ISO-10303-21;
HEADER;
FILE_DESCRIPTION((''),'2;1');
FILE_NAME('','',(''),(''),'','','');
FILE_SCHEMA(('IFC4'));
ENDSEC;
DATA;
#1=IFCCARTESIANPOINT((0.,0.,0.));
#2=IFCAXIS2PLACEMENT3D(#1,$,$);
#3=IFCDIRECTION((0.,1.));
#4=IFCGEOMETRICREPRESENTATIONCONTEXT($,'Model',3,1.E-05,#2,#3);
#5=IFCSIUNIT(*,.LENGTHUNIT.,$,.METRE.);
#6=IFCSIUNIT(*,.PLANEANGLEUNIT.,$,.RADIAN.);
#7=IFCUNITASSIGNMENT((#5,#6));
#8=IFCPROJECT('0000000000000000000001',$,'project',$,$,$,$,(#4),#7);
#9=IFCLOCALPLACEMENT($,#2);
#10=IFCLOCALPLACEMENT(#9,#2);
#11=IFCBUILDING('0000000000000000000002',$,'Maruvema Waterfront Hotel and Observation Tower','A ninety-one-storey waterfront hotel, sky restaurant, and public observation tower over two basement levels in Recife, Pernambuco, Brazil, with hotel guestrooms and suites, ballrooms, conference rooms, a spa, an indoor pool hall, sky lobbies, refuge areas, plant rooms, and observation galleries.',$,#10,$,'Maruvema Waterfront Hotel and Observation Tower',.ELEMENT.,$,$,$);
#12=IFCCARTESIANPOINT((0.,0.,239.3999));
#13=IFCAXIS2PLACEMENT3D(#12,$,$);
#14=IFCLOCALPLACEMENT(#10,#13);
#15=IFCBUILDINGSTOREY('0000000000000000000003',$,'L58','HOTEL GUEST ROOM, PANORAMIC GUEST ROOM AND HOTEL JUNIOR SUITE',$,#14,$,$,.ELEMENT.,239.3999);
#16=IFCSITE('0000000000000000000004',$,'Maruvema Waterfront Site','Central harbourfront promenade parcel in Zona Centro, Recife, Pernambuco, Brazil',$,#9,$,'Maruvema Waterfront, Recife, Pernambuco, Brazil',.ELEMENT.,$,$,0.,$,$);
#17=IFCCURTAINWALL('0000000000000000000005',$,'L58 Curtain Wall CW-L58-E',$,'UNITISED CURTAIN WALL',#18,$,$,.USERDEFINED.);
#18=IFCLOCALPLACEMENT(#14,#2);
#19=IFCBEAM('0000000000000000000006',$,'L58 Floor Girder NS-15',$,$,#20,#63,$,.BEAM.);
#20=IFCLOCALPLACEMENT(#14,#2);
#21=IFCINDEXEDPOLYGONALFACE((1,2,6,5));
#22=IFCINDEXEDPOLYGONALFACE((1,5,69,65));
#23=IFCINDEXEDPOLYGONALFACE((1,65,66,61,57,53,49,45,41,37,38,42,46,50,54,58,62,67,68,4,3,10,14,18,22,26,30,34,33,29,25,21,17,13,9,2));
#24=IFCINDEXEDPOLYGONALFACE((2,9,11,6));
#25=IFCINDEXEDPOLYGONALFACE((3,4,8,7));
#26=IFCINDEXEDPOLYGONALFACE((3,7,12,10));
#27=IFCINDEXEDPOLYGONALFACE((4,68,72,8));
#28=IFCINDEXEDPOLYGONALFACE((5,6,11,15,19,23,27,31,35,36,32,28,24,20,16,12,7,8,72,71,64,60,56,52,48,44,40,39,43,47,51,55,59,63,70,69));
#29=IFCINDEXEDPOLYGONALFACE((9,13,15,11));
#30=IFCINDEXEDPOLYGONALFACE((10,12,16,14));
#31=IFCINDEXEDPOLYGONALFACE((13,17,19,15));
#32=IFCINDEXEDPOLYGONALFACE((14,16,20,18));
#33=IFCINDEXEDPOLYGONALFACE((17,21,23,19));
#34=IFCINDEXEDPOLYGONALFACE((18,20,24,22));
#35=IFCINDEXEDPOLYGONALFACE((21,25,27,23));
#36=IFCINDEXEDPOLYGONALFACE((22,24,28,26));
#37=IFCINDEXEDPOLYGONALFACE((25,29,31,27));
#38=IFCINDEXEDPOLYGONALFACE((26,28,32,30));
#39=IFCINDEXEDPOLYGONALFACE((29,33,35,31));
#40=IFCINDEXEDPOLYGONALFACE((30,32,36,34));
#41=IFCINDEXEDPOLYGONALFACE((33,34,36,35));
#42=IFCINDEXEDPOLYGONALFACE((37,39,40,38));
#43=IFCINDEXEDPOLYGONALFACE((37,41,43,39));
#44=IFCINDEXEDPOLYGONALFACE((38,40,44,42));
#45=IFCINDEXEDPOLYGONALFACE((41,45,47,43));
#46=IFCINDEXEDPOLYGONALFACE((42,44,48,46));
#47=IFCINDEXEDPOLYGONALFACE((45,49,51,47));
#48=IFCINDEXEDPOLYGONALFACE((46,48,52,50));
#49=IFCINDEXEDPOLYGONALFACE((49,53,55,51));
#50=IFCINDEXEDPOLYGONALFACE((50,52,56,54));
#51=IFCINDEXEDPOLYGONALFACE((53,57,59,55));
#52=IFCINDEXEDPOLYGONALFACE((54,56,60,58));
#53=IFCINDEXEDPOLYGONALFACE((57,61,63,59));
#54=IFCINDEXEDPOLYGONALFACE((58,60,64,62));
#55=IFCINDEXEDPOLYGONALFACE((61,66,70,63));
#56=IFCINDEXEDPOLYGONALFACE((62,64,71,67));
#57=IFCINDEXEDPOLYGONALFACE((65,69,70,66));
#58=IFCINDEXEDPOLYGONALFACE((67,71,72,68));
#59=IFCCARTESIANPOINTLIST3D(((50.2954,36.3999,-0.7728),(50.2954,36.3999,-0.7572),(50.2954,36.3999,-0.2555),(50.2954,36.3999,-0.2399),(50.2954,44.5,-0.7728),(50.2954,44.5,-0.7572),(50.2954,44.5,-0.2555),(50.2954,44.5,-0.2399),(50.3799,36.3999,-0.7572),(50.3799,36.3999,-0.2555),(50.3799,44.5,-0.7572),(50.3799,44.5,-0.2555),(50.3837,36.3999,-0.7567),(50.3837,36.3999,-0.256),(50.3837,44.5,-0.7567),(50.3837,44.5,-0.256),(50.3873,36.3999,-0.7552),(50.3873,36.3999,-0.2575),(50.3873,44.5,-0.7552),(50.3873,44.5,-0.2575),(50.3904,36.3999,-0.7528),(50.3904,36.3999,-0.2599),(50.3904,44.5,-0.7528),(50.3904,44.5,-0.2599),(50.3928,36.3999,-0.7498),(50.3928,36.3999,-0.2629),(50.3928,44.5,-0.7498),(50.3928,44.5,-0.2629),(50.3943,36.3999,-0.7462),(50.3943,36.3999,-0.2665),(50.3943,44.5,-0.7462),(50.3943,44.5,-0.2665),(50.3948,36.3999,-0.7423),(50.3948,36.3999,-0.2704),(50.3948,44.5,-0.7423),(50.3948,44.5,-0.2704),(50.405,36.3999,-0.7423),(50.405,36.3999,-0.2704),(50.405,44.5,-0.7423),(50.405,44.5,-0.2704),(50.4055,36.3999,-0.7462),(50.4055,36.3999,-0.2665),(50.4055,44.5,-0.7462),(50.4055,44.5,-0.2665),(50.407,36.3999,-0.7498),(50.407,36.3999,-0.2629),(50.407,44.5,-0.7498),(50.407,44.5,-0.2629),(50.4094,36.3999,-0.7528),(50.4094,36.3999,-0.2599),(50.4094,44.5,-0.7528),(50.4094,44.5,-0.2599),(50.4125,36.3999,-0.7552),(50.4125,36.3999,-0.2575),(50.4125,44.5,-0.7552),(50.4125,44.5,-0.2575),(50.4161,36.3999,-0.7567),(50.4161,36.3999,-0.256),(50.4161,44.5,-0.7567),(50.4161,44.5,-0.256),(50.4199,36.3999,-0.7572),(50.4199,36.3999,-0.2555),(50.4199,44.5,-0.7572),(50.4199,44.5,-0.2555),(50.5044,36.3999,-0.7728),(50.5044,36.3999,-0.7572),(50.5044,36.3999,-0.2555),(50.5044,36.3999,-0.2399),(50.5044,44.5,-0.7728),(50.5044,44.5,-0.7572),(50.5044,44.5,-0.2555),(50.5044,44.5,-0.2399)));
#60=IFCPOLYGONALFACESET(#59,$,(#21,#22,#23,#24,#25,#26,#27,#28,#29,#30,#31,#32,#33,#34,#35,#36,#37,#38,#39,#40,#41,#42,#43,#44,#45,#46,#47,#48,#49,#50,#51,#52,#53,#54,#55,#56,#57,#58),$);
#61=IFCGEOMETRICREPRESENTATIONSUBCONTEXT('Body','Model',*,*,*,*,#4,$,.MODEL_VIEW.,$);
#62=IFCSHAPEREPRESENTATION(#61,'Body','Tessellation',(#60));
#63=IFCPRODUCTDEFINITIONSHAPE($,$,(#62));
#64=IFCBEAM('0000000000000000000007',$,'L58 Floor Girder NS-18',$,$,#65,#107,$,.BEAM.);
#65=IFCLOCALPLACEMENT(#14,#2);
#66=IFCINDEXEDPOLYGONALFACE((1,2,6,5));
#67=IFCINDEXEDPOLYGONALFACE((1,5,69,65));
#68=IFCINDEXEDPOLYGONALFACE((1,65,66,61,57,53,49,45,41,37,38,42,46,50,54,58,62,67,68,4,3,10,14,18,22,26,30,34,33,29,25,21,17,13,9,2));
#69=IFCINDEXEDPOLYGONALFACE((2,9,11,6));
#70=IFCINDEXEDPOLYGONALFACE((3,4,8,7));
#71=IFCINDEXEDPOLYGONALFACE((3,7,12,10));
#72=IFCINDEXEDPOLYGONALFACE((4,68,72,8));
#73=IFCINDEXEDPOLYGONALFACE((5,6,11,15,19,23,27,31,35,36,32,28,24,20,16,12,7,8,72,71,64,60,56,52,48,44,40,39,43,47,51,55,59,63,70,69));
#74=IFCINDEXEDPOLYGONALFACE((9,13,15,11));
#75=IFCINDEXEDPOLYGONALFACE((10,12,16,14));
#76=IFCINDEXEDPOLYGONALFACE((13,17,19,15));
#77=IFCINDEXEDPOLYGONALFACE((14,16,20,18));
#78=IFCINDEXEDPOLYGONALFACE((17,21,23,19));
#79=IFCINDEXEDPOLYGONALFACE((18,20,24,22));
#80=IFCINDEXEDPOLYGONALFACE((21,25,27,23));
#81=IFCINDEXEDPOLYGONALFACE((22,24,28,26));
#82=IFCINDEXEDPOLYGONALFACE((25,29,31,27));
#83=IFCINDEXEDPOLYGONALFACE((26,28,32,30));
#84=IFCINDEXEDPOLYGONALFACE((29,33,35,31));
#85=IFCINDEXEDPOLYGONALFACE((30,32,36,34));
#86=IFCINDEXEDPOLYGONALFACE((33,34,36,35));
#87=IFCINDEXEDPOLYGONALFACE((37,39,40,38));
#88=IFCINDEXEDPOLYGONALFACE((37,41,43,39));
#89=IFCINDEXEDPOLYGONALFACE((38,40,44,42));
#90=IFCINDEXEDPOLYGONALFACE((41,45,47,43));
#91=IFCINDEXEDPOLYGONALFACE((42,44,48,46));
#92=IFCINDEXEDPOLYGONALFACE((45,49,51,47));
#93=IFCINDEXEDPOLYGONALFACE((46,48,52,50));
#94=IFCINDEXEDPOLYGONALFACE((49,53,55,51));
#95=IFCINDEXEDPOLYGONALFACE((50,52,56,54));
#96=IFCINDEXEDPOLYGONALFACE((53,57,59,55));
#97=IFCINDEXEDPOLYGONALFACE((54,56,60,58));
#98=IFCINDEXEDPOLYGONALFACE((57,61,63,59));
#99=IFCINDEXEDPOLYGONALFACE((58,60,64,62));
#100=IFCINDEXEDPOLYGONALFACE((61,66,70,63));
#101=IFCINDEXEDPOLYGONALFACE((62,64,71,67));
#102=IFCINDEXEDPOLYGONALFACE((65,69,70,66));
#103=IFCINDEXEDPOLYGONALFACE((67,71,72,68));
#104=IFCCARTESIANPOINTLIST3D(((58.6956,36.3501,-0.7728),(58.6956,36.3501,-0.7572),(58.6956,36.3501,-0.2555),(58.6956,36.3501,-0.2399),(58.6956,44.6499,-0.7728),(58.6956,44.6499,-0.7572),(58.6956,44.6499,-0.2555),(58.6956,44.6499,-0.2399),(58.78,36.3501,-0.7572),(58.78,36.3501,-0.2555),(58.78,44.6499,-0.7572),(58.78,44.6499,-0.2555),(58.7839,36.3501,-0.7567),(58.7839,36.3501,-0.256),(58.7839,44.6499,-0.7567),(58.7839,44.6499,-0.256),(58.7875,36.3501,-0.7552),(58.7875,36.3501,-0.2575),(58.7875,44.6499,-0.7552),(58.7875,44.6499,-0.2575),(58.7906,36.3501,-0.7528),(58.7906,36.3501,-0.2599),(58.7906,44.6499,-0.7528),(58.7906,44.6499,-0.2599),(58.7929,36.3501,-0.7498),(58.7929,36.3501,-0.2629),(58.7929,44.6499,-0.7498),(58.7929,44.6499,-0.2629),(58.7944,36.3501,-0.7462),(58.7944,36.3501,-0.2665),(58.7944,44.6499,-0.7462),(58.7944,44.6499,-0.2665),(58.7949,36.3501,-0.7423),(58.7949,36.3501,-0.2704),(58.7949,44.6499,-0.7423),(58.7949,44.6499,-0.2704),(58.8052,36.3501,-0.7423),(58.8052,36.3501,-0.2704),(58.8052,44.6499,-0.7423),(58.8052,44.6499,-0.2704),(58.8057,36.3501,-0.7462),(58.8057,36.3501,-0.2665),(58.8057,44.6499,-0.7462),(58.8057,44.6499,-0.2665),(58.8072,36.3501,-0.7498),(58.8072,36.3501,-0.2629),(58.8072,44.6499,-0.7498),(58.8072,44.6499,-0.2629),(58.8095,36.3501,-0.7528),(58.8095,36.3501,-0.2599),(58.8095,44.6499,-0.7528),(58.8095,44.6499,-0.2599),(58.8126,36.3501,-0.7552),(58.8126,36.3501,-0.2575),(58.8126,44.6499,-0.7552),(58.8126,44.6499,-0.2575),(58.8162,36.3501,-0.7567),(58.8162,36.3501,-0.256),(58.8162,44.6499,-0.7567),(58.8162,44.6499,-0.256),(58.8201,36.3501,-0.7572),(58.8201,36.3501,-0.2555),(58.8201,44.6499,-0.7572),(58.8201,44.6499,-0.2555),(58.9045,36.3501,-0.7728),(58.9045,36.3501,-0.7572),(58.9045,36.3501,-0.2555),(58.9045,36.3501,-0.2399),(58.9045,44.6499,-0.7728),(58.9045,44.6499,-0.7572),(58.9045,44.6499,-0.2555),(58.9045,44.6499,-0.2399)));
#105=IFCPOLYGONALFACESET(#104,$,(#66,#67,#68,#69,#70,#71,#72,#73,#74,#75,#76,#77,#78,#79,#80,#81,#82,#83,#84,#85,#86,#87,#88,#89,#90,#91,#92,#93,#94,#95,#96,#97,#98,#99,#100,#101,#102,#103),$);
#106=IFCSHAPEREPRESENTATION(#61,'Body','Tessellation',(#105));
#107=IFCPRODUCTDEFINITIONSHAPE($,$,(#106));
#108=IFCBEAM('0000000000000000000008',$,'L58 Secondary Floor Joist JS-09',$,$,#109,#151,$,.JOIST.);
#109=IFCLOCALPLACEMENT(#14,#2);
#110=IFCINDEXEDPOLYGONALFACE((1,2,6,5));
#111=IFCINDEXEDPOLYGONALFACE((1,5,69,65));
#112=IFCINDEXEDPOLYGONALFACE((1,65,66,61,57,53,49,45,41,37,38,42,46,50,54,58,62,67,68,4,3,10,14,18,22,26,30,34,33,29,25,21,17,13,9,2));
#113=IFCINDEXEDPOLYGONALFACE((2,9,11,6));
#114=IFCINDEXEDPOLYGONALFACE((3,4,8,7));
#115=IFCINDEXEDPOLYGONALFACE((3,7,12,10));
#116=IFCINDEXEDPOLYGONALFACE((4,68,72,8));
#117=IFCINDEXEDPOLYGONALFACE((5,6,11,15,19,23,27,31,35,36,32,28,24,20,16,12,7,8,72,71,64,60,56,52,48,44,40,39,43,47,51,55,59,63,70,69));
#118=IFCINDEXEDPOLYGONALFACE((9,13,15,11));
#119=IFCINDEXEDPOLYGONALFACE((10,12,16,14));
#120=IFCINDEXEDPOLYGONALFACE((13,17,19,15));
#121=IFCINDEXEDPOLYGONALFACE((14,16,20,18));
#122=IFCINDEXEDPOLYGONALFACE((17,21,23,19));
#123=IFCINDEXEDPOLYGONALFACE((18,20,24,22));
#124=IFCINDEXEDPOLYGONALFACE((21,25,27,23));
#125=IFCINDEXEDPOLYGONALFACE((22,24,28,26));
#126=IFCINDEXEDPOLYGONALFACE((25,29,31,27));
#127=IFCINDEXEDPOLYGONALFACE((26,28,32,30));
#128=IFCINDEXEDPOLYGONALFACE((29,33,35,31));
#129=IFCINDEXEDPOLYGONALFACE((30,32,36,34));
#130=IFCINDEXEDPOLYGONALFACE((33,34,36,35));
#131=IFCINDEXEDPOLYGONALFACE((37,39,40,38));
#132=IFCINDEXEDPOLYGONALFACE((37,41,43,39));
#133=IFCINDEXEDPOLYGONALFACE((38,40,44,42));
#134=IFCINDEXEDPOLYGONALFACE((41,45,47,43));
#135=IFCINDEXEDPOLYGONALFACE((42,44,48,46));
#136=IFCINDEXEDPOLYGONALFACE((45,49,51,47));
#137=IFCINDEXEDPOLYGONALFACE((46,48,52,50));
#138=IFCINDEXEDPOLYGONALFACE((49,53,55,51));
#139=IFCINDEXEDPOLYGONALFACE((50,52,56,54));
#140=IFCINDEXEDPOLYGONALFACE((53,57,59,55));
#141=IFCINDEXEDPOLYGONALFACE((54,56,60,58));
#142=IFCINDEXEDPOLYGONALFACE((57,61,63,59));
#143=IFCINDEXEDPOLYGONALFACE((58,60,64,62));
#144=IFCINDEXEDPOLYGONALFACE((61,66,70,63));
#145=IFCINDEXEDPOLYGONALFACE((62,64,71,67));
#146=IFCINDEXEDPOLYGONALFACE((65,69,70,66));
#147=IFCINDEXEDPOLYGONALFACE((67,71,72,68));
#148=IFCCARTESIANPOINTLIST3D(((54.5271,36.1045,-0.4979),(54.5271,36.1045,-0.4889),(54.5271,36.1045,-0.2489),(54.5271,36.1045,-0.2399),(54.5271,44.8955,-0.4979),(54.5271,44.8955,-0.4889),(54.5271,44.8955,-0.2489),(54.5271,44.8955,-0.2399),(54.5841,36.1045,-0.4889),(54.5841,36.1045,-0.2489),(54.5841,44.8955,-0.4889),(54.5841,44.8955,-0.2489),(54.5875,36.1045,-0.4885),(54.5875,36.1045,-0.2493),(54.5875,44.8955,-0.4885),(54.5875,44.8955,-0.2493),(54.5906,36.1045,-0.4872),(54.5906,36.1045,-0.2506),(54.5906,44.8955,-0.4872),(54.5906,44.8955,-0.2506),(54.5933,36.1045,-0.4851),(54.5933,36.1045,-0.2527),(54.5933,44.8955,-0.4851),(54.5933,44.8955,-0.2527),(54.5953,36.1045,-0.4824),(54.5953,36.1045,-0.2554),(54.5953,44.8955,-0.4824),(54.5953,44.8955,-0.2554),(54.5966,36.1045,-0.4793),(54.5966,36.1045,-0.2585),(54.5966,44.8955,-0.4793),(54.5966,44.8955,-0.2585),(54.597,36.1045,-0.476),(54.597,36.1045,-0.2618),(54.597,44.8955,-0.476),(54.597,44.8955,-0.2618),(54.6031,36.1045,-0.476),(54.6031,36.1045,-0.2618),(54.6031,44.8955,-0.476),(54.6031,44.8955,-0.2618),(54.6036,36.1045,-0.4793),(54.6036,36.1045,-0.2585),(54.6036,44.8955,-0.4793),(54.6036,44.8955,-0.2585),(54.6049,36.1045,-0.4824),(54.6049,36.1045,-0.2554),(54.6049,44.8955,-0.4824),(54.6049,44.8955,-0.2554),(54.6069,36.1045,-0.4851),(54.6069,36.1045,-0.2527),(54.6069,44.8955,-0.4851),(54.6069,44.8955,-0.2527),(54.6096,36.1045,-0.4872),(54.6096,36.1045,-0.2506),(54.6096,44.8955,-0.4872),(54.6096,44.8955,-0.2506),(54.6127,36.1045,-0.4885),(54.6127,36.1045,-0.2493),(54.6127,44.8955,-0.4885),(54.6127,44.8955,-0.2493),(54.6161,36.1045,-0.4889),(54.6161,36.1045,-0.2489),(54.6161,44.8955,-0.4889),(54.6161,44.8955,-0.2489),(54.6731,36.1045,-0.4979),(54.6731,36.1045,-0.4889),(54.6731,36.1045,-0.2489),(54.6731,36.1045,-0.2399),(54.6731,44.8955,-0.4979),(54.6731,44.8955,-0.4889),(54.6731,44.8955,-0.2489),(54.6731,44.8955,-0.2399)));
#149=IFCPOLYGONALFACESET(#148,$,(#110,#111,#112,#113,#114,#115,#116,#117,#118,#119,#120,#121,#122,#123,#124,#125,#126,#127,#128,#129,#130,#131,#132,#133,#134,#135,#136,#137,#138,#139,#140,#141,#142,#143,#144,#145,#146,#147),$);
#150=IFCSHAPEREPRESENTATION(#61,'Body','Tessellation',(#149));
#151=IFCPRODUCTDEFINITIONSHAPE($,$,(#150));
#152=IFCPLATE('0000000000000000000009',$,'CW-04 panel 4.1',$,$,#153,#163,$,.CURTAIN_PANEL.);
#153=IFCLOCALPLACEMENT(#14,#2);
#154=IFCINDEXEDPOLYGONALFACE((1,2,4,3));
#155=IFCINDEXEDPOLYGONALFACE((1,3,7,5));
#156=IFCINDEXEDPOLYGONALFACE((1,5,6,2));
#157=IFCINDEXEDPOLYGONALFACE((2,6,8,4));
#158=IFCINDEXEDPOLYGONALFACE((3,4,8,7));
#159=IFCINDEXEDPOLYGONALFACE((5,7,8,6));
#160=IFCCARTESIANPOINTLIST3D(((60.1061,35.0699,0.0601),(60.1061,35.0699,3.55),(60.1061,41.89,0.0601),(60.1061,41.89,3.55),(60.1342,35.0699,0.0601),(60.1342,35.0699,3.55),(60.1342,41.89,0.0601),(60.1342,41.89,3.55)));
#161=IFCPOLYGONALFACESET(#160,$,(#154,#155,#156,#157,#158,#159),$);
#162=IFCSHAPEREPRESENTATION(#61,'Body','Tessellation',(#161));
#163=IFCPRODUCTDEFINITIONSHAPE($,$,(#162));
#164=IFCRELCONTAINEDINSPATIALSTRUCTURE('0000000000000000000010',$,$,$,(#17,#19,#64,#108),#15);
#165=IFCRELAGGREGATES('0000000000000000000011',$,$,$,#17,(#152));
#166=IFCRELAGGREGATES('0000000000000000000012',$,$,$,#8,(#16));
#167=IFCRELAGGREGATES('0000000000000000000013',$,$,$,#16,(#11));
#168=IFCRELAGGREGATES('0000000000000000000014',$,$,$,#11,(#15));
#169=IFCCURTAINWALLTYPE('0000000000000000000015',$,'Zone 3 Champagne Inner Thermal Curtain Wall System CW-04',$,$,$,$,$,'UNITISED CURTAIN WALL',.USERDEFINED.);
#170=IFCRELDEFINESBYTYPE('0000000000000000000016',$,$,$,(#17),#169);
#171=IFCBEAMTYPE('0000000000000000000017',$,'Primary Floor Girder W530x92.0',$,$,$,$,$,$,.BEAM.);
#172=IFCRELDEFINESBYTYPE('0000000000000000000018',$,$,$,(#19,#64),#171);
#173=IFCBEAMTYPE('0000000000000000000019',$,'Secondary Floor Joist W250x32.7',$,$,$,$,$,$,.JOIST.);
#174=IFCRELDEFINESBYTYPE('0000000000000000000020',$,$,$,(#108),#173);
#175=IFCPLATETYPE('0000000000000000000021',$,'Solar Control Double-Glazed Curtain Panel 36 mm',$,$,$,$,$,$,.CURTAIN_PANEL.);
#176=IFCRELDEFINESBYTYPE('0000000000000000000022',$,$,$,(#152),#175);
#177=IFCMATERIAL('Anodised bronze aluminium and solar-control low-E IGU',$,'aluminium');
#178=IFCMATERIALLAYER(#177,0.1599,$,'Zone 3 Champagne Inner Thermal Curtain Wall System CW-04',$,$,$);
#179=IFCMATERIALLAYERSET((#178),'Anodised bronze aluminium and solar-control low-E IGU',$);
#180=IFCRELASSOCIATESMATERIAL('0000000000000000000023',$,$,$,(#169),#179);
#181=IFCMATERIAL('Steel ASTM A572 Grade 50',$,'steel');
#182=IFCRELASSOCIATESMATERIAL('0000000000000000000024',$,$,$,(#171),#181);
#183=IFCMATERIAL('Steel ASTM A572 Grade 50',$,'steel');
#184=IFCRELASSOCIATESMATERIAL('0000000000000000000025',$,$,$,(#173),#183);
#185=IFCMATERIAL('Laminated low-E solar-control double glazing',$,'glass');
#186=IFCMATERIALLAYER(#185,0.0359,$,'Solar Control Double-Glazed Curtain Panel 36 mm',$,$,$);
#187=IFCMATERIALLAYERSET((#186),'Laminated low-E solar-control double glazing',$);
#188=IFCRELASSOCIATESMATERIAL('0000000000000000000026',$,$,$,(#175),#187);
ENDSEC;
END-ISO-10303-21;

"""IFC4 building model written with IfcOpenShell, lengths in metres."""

from ifc_helpers import new_model, si_unit, direction, frame, origin, origin_2d, place, context, subcontext, project, spatial, rectangle, i_section, extrude, material, layer, layer_set, material_profile, profile_set, type_object, element, aggregate, save


model = new_model("IFC4")

# Units and contexts
model_context = context("Model", 3, precision=1e-05, world=origin(), true_north=direction((0.0, 1.0)))
body_context = subcontext(model_context, "Body", "Model", "MODEL_VIEW")
ifc_project = project(units=[si_unit("LENGTHUNIT", "METRE"), si_unit("PLANEANGLEUNIT", "RADIAN")], contexts=[model_context])

# Site, building, storey
site_placement = place(None, origin())
site = spatial("IfcSite", under=ifc_project, at=site_placement, Name="Maruvema Waterfront Site", Description="Central harbourfront promenade parcel in Zona Centro, Recife, Pernambuco, Brazil", LongName="Maruvema Waterfront, Recife, Pernambuco, Brazil", CompositionType="ELEMENT", RefElevation=0.0)
building_placement = place(site_placement, origin())
building = spatial("IfcBuilding", under=site, at=building_placement, Name="Maruvema Waterfront Hotel and Observation Tower", Description="A ninety-one-storey waterfront hotel, sky restaurant, and public observation tower over two basement levels in Recife, Pernambuco, Brazil, with hotel guestrooms and suites, ballrooms, conference rooms, a spa, an indoor pool hall, sky lobbies, refuge areas, plant rooms, and observation galleries.", LongName="Maruvema Waterfront Hotel and Observation Tower", CompositionType="ELEMENT")
storey_placement = place(building_placement, frame((0.0, 0.0, 239.3999)))
storey = spatial("IfcBuildingStorey", under=building, at=storey_placement, Name="L58", Description="HOTEL GUEST ROOM, PANORAMIC GUEST ROOM AND HOTEL JUNIOR SUITE", CompositionType="ELEMENT", Elevation=239.3999)

# Curtain wall
ifc_material_1 = material(Name="Anodised bronze aluminium and solar-control low-E IGU", Category="aluminium")
ifc_layer_1 = layer(ifc_material_1, 0.1599, Name="Zone 3 Champagne Inner Thermal Curtain Wall System CW-04")
ifc_layer_set_1 = layer_set([ifc_layer_1], Name="Anodised bronze aluminium and solar-control low-E IGU")
curtain_wall_type = type_object("IfcCurtainWallType", Name="Zone 3 Champagne Inner Thermal Curtain Wall System CW-04", ElementType="UNITISED CURTAIN WALL", PredefinedType="USERDEFINED", material=ifc_layer_set_1)
curtain_wall_placement = place(storey_placement, origin())
curtain_wall = element("IfcCurtainWall", 1, at=curtain_wall_placement, inside=storey, type_object=curtain_wall_type, Name="L58 Curtain Wall CW-L58-E", ObjectType="UNITISED CURTAIN WALL", PredefinedType="USERDEFINED")

# Beams
ifc_material_2 = material(Name="Steel ASTM A572 Grade 50", Category="steel")
ifc_material_profile_1 = material_profile(ifc_material_2, i_section(OverallWidth=0.209, OverallDepth=0.533, WebThickness=0.0103, FlangeThickness=0.0156, FilletRadius=0.0149, at=origin_2d()), Name="W530x92.0")
ifc_profile_set_1 = profile_set([ifc_material_profile_1], Name="Steel ASTM A572 Grade 50")
beam_type_1 = type_object("IfcBeamType", Name="Primary Floor Girder W530x92.0", PredefinedType="BEAM", material=ifc_profile_set_1)
beam_1_placement = place(storey_placement, frame((50.3999, 36.3999, -0.5063), z_axis=(0.0, 1.0, 0.0), x_axis=(-1.0, 0.0, 0.0)))
element("IfcBeam", 2, at=beam_1_placement, inside=storey, type_object=beam_type_1, Name="L58 Floor Girder NS-15", PredefinedType="BEAM", context=body_context, shape_type="SweptSolid", body=[
    extrude(i_section(OverallWidth=0.209, OverallDepth=0.533, WebThickness=0.0103, FlangeThickness=0.0156, FilletRadius=0.0149, at=origin_2d()), origin(), (0.0, 0.0, 1.0), 8.1001),
])
beam_2_placement = place(storey_placement, frame((58.8, 36.3501, -0.5063), z_axis=(0.0, 1.0, 0.0), x_axis=(-1.0, 0.0, 0.0)))
element("IfcBeam", 3, at=beam_2_placement, inside=storey, type_object=beam_type_1, Name="L58 Floor Girder NS-18", PredefinedType="BEAM", context=body_context, shape_type="SweptSolid", body=[
    extrude(i_section(OverallWidth=0.209, OverallDepth=0.533, WebThickness=0.0103, FlangeThickness=0.0156, FilletRadius=0.0149, at=origin_2d()), origin(), (0.0, 0.0, 1.0), 8.2998),
])
ifc_material_3 = material(Name="Steel ASTM A572 Grade 50", Category="steel")
ifc_material_profile_2 = material_profile(ifc_material_3, i_section(OverallWidth=0.146, OverallDepth=0.2581, WebThickness=0.0061, FlangeThickness=0.009, FilletRadius=0.0129, at=origin_2d()), Name="W250x32.7")
ifc_profile_set_2 = profile_set([ifc_material_profile_2], Name="Steel ASTM A572 Grade 50")
beam_type_2 = type_object("IfcBeamType", Name="Secondary Floor Joist W250x32.7", PredefinedType="JOIST", material=ifc_profile_set_2)
beam_3_placement = place(storey_placement, frame((54.6001, 36.1045, -0.3689), z_axis=(0.0, 1.0, 0.0), x_axis=(-1.0, 0.0, 0.0)))
element("IfcBeam", 4, at=beam_3_placement, inside=storey, type_object=beam_type_2, Name="L58 Secondary Floor Joist JS-09", PredefinedType="JOIST", context=body_context, shape_type="SweptSolid", body=[
    extrude(i_section(OverallWidth=0.146, OverallDepth=0.2581, WebThickness=0.0061, FlangeThickness=0.009, FilletRadius=0.0129, at=origin_2d()), origin(), (0.0, 0.0, 1.0), 8.791),
])

# Plate
ifc_material_4 = material(Name="Laminated low-E solar-control double glazing", Category="glass")
ifc_layer_2 = layer(ifc_material_4, 0.0359, Name="Solar Control Double-Glazed Curtain Panel 36 mm")
ifc_layer_set_2 = layer_set([ifc_layer_2], Name="Laminated low-E solar-control double glazing")
plate_type = type_object("IfcPlateType", Name="Solar Control Double-Glazed Curtain Panel 36 mm", PredefinedType="CURTAIN_PANEL", material=ifc_layer_set_2)
plate_placement = place(storey_placement, frame((60.1201, 38.48, 0.0601), z_axis=(0.0, 0.0, 1.0), x_axis=(0.0, 1.0, 0.0)))
plate = element("IfcPlate", 5, at=plate_placement, type_object=plate_type, Name="CW-04 panel 4.1", PredefinedType="CURTAIN_PANEL", context=body_context, shape_type="SweptSolid", body=[
    extrude(rectangle(XDim=6.8201, YDim=0.0281, at=origin_2d()), origin(), (0.0, 0.0, 1.0), 3.49),
])
aggregate(curtain_wall, [plate])

save(model, "model.ifc")
